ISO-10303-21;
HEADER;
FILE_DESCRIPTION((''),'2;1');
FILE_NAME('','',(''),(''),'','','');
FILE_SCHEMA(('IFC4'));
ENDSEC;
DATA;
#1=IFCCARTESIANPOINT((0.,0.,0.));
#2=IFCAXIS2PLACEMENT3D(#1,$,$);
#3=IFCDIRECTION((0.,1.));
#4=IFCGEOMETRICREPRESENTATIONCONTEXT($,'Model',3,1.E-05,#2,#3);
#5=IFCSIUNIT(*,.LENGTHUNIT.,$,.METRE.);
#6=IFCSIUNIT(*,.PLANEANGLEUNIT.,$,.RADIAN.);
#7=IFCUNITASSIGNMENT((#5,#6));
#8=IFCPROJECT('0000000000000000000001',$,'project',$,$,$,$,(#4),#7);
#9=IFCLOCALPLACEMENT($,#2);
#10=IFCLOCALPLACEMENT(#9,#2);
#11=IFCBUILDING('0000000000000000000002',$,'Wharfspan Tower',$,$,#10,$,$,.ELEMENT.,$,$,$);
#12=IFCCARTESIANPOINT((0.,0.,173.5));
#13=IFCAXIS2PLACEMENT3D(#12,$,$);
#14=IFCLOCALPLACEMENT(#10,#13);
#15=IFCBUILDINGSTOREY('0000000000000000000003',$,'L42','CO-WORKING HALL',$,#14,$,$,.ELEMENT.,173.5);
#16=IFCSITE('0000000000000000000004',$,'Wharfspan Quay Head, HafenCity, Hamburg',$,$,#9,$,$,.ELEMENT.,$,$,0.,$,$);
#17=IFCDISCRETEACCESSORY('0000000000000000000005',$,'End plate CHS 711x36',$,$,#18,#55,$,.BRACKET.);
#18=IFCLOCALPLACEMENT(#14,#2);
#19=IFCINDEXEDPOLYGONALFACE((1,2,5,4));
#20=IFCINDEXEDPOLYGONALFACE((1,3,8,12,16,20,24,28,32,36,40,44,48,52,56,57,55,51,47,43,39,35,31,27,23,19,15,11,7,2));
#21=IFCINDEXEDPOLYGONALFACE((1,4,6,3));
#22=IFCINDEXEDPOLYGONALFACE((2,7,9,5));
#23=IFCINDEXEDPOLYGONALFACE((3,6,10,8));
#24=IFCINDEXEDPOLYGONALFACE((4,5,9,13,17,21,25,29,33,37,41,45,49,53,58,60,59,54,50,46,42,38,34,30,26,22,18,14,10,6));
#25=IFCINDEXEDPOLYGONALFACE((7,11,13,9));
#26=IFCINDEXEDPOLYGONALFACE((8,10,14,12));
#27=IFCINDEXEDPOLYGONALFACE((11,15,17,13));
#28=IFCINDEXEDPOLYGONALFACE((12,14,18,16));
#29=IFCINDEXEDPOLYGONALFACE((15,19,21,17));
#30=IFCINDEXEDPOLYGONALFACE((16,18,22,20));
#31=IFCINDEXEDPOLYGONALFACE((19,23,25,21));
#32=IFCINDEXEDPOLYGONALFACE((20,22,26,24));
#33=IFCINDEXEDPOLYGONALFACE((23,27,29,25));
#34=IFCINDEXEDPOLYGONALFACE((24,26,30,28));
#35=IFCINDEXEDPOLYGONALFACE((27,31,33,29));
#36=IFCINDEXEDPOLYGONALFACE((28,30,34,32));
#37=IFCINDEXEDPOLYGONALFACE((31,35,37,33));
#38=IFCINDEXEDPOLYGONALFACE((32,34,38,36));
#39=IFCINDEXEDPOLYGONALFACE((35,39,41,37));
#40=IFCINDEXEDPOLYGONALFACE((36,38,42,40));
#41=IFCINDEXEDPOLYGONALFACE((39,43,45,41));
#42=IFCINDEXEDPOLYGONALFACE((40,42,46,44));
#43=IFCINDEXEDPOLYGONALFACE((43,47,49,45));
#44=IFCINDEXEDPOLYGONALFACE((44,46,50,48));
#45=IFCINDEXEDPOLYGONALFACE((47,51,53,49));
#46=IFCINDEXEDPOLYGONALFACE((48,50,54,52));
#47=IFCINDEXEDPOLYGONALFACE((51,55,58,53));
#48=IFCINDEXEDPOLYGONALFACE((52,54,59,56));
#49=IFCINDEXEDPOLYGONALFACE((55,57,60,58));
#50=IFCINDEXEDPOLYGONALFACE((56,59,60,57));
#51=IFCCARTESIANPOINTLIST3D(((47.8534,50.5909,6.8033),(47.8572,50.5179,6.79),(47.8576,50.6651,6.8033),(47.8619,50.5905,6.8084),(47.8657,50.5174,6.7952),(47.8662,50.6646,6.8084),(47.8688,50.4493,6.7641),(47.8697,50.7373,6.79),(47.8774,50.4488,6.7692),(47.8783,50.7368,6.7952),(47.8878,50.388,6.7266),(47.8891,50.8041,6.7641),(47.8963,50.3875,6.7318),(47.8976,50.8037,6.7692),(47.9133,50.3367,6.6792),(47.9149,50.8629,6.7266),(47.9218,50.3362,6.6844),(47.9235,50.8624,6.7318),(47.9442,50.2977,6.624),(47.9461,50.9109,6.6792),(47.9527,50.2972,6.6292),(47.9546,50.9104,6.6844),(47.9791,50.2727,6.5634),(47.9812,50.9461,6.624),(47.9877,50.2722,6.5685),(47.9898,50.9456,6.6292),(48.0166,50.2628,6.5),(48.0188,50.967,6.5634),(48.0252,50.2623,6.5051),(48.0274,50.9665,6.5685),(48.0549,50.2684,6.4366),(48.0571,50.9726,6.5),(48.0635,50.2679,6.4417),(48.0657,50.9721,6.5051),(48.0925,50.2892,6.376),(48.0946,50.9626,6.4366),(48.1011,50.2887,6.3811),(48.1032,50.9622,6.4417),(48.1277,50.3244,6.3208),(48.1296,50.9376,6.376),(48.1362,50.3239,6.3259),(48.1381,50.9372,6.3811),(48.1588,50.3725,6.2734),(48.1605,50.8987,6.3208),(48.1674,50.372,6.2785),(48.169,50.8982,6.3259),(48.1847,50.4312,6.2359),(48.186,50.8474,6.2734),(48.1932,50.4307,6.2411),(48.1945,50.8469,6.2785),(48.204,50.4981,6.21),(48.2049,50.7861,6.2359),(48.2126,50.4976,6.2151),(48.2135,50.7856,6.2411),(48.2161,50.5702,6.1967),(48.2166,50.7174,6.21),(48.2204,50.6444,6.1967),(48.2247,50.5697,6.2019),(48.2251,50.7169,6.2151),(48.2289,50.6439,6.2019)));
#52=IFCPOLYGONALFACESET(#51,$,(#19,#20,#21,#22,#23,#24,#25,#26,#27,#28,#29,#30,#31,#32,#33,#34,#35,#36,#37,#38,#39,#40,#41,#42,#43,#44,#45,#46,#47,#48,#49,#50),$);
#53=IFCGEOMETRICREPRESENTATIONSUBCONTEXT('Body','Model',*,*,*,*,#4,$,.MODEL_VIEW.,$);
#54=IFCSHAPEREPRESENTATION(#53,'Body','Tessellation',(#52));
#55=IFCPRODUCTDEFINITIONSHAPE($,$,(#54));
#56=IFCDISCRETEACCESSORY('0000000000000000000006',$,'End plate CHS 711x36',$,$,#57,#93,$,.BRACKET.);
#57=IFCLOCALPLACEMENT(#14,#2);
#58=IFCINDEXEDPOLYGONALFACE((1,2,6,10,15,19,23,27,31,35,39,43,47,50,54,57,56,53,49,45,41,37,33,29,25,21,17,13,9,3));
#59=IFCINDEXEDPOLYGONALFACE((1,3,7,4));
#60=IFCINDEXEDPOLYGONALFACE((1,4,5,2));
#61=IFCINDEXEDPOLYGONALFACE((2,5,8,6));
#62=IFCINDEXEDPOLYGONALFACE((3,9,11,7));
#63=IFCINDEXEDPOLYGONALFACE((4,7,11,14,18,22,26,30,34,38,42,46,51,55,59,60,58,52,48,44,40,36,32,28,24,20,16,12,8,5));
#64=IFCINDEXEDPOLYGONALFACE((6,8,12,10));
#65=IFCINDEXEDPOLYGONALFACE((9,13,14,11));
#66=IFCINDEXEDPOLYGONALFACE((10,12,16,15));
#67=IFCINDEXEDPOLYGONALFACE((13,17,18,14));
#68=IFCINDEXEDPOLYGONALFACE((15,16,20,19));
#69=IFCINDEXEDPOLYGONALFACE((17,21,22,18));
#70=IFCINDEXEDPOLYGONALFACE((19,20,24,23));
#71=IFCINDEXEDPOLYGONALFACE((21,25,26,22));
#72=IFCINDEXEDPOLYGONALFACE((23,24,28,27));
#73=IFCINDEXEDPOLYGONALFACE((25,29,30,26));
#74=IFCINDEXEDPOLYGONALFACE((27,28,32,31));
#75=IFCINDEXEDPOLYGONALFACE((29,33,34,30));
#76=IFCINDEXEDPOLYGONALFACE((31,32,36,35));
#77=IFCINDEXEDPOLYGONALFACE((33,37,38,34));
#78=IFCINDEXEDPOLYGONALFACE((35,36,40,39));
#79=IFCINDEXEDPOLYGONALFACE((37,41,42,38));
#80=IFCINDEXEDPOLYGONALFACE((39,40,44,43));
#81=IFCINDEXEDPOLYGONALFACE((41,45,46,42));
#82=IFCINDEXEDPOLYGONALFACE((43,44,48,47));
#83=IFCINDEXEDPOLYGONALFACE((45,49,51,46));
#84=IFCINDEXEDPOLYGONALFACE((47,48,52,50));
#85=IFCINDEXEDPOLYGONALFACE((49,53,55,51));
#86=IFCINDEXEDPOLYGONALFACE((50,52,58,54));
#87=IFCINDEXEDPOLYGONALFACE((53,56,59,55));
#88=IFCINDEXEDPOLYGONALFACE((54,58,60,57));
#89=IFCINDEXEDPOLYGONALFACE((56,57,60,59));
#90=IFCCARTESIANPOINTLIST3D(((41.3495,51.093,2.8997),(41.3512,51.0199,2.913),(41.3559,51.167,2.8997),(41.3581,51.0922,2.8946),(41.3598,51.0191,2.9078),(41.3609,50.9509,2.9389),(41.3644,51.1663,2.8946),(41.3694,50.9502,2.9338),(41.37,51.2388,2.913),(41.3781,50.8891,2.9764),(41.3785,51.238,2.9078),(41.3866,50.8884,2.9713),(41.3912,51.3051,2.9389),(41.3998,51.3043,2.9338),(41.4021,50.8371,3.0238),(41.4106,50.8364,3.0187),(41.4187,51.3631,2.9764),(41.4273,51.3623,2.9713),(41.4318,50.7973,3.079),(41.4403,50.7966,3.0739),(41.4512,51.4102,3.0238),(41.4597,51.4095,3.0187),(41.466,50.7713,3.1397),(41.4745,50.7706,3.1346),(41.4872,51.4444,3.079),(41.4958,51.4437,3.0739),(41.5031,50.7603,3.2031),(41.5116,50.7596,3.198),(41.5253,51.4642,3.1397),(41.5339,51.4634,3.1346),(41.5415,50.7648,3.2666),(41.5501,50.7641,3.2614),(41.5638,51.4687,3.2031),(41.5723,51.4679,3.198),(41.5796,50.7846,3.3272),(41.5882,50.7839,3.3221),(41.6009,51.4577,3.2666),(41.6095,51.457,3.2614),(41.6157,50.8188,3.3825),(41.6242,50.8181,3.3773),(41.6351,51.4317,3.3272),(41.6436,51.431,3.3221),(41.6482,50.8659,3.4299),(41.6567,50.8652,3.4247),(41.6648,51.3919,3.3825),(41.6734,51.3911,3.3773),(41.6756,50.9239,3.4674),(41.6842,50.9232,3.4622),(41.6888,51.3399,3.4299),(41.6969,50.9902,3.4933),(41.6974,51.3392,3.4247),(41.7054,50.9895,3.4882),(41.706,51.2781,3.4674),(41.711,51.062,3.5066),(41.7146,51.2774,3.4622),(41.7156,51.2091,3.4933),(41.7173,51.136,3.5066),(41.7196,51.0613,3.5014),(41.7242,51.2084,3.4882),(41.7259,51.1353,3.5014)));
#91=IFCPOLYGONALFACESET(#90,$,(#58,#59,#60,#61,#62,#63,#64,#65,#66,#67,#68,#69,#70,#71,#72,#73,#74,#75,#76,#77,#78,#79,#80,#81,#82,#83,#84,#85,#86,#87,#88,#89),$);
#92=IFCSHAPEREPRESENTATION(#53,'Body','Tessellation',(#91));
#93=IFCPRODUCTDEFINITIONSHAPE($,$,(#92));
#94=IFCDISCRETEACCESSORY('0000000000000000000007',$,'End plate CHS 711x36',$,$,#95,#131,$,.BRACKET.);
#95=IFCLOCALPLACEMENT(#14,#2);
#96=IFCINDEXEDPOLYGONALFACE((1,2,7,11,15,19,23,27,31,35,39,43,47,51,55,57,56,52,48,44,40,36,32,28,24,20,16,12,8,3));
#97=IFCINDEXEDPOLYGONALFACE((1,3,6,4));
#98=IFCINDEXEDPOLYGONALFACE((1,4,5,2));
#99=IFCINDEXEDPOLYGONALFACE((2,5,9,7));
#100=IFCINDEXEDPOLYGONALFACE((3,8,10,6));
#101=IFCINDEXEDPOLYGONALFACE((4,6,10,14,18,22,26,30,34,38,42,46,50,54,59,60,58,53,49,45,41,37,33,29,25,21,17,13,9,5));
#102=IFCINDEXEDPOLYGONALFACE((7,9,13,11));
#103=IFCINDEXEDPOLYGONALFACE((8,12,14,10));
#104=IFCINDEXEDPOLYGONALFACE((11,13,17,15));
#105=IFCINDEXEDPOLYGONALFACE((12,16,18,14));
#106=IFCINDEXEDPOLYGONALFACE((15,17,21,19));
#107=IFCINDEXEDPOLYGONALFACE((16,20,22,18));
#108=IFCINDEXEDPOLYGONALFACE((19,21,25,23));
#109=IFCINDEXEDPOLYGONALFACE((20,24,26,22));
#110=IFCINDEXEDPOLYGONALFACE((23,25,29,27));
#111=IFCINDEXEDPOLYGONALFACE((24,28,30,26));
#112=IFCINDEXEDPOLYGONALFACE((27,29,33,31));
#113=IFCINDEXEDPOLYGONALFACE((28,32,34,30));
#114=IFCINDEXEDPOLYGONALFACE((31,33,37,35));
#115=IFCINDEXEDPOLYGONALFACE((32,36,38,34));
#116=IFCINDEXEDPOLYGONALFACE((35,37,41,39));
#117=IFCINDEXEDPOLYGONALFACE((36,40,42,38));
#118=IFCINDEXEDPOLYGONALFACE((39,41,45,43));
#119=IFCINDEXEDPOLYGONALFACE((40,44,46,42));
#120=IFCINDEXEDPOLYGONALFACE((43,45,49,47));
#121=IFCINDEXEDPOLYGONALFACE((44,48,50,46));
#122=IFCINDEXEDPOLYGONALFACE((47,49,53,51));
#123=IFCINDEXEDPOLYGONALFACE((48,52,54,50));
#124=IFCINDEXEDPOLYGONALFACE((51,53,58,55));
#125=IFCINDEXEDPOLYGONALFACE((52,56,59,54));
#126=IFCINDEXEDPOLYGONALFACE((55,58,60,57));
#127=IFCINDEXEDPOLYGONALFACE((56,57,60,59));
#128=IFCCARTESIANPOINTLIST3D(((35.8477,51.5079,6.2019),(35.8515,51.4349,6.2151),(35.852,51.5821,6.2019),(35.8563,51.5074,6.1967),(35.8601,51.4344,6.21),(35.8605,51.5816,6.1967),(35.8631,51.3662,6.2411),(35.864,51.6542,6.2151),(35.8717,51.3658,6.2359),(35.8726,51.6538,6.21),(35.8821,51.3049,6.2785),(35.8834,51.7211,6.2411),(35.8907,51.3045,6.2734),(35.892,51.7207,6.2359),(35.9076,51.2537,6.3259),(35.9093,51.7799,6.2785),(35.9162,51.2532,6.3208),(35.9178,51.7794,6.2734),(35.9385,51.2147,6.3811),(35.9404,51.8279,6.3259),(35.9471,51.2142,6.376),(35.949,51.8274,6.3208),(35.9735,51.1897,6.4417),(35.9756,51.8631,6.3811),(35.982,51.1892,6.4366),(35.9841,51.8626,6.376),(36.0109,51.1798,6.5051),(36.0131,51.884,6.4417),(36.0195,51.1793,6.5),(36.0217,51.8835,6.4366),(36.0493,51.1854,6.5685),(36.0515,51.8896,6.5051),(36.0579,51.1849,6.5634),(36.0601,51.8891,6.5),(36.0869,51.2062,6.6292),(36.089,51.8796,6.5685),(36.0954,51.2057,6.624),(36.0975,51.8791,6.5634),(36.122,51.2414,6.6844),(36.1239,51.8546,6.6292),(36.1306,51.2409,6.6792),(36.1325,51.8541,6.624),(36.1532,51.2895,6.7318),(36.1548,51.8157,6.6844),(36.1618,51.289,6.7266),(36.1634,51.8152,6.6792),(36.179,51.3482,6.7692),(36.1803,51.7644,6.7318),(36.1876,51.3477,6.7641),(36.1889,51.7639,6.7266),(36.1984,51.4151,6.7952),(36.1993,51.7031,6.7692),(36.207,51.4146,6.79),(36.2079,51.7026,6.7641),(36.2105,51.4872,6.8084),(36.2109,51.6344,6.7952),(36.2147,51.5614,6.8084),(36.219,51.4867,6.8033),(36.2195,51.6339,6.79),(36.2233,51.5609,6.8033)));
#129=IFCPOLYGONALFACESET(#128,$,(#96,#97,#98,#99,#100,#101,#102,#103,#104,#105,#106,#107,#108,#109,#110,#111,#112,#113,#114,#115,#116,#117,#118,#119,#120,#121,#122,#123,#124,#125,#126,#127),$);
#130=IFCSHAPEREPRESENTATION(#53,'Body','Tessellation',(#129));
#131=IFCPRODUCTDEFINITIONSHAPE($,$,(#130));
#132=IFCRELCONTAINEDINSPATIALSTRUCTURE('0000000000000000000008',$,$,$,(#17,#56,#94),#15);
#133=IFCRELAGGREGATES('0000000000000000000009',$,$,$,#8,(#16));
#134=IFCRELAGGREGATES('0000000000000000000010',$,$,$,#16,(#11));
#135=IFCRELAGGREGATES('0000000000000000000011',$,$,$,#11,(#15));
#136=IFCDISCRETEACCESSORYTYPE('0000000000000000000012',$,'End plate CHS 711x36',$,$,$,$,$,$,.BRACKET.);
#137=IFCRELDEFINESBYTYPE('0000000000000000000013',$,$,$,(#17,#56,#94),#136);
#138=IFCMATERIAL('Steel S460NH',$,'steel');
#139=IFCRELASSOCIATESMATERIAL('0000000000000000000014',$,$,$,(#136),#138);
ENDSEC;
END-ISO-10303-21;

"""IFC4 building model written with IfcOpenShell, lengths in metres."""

from ifc_helpers import new_model, si_unit, direction, frame, origin, origin_2d, place, context, subcontext, project, spatial, circle, extrude, material, material_profile, profile_set, type_object, element, save


model = new_model("IFC4")

# Units and contexts
model_context = context("Model", 3, precision=1e-05, world=origin(), true_north=direction((0.0, 1.0)))
body_context = subcontext(model_context, "Body", "Model", "MODEL_VIEW")
ifc_project = project(units=[si_unit("LENGTHUNIT", "METRE"), si_unit("PLANEANGLEUNIT", "RADIAN")], contexts=[model_context])

# Site, building, storey
site_placement = place(None, origin())
site = spatial("IfcSite", under=ifc_project, at=site_placement, Name="Wharfspan Quay Head, HafenCity, Hamburg", CompositionType="ELEMENT", RefElevation=0.0)
building_placement = place(site_placement, origin())
building = spatial("IfcBuilding", under=site, at=building_placement, Name="Wharfspan Tower", CompositionType="ELEMENT")
storey_placement = place(building_placement, frame((0.0, 0.0, 173.5)))
storey = spatial("IfcBuildingStorey", under=building, at=storey_placement, Name="L42", Description="CO-WORKING HALL", CompositionType="ELEMENT", Elevation=173.5)

# Shared definitions
ifc_material_1 = material(Name="Steel S460NH", Category="steel")

# Discrete accessories
ifc_material_profile_1 = material_profile(ifc_material_1, circle(Radius=0.3555, at=origin_2d()))
ifc_profile_set_1 = profile_set([ifc_material_profile_1], Name="Steel S460NH")
discrete_accessory_type = type_object("IfcDiscreteAccessoryType", Name="End plate CHS 711x36", PredefinedType="BRACKET", material=ifc_profile_set_1)
for number, where, z_axis, x_axis, name in (
    (1, (48.0369, 50.6177, 6.5), (0.856465, -0.048941, 0.513879), (0.05705, 0.998372, 0.0), "End plate CHS 711x36"),
    (2, (41.542, 51.1138, 3.198), (-0.855186, 0.073302, 0.513112), (-0.085402, -0.996345, -0.000001), "End plate CHS 711x36"),
    (3, (36.0398, 51.5342, 6.5), (-0.856465, 0.048941, 0.513879), (-0.05705, -0.998372, 0.0), "End plate CHS 711x36"),
):
    element("IfcDiscreteAccessory", number, at=place(storey_placement, frame(where, z_axis=z_axis, x_axis=x_axis)), inside=storey, type_object=discrete_accessory_type, Name=name, PredefinedType="BRACKET", context=body_context, shape_type="SweptSolid", body=[
        extrude(circle(Radius=0.3555, at=origin_2d()), origin(), (0.0, 0.0, 1.0), 0.01),
    ])

save(model, "model.ifc")
